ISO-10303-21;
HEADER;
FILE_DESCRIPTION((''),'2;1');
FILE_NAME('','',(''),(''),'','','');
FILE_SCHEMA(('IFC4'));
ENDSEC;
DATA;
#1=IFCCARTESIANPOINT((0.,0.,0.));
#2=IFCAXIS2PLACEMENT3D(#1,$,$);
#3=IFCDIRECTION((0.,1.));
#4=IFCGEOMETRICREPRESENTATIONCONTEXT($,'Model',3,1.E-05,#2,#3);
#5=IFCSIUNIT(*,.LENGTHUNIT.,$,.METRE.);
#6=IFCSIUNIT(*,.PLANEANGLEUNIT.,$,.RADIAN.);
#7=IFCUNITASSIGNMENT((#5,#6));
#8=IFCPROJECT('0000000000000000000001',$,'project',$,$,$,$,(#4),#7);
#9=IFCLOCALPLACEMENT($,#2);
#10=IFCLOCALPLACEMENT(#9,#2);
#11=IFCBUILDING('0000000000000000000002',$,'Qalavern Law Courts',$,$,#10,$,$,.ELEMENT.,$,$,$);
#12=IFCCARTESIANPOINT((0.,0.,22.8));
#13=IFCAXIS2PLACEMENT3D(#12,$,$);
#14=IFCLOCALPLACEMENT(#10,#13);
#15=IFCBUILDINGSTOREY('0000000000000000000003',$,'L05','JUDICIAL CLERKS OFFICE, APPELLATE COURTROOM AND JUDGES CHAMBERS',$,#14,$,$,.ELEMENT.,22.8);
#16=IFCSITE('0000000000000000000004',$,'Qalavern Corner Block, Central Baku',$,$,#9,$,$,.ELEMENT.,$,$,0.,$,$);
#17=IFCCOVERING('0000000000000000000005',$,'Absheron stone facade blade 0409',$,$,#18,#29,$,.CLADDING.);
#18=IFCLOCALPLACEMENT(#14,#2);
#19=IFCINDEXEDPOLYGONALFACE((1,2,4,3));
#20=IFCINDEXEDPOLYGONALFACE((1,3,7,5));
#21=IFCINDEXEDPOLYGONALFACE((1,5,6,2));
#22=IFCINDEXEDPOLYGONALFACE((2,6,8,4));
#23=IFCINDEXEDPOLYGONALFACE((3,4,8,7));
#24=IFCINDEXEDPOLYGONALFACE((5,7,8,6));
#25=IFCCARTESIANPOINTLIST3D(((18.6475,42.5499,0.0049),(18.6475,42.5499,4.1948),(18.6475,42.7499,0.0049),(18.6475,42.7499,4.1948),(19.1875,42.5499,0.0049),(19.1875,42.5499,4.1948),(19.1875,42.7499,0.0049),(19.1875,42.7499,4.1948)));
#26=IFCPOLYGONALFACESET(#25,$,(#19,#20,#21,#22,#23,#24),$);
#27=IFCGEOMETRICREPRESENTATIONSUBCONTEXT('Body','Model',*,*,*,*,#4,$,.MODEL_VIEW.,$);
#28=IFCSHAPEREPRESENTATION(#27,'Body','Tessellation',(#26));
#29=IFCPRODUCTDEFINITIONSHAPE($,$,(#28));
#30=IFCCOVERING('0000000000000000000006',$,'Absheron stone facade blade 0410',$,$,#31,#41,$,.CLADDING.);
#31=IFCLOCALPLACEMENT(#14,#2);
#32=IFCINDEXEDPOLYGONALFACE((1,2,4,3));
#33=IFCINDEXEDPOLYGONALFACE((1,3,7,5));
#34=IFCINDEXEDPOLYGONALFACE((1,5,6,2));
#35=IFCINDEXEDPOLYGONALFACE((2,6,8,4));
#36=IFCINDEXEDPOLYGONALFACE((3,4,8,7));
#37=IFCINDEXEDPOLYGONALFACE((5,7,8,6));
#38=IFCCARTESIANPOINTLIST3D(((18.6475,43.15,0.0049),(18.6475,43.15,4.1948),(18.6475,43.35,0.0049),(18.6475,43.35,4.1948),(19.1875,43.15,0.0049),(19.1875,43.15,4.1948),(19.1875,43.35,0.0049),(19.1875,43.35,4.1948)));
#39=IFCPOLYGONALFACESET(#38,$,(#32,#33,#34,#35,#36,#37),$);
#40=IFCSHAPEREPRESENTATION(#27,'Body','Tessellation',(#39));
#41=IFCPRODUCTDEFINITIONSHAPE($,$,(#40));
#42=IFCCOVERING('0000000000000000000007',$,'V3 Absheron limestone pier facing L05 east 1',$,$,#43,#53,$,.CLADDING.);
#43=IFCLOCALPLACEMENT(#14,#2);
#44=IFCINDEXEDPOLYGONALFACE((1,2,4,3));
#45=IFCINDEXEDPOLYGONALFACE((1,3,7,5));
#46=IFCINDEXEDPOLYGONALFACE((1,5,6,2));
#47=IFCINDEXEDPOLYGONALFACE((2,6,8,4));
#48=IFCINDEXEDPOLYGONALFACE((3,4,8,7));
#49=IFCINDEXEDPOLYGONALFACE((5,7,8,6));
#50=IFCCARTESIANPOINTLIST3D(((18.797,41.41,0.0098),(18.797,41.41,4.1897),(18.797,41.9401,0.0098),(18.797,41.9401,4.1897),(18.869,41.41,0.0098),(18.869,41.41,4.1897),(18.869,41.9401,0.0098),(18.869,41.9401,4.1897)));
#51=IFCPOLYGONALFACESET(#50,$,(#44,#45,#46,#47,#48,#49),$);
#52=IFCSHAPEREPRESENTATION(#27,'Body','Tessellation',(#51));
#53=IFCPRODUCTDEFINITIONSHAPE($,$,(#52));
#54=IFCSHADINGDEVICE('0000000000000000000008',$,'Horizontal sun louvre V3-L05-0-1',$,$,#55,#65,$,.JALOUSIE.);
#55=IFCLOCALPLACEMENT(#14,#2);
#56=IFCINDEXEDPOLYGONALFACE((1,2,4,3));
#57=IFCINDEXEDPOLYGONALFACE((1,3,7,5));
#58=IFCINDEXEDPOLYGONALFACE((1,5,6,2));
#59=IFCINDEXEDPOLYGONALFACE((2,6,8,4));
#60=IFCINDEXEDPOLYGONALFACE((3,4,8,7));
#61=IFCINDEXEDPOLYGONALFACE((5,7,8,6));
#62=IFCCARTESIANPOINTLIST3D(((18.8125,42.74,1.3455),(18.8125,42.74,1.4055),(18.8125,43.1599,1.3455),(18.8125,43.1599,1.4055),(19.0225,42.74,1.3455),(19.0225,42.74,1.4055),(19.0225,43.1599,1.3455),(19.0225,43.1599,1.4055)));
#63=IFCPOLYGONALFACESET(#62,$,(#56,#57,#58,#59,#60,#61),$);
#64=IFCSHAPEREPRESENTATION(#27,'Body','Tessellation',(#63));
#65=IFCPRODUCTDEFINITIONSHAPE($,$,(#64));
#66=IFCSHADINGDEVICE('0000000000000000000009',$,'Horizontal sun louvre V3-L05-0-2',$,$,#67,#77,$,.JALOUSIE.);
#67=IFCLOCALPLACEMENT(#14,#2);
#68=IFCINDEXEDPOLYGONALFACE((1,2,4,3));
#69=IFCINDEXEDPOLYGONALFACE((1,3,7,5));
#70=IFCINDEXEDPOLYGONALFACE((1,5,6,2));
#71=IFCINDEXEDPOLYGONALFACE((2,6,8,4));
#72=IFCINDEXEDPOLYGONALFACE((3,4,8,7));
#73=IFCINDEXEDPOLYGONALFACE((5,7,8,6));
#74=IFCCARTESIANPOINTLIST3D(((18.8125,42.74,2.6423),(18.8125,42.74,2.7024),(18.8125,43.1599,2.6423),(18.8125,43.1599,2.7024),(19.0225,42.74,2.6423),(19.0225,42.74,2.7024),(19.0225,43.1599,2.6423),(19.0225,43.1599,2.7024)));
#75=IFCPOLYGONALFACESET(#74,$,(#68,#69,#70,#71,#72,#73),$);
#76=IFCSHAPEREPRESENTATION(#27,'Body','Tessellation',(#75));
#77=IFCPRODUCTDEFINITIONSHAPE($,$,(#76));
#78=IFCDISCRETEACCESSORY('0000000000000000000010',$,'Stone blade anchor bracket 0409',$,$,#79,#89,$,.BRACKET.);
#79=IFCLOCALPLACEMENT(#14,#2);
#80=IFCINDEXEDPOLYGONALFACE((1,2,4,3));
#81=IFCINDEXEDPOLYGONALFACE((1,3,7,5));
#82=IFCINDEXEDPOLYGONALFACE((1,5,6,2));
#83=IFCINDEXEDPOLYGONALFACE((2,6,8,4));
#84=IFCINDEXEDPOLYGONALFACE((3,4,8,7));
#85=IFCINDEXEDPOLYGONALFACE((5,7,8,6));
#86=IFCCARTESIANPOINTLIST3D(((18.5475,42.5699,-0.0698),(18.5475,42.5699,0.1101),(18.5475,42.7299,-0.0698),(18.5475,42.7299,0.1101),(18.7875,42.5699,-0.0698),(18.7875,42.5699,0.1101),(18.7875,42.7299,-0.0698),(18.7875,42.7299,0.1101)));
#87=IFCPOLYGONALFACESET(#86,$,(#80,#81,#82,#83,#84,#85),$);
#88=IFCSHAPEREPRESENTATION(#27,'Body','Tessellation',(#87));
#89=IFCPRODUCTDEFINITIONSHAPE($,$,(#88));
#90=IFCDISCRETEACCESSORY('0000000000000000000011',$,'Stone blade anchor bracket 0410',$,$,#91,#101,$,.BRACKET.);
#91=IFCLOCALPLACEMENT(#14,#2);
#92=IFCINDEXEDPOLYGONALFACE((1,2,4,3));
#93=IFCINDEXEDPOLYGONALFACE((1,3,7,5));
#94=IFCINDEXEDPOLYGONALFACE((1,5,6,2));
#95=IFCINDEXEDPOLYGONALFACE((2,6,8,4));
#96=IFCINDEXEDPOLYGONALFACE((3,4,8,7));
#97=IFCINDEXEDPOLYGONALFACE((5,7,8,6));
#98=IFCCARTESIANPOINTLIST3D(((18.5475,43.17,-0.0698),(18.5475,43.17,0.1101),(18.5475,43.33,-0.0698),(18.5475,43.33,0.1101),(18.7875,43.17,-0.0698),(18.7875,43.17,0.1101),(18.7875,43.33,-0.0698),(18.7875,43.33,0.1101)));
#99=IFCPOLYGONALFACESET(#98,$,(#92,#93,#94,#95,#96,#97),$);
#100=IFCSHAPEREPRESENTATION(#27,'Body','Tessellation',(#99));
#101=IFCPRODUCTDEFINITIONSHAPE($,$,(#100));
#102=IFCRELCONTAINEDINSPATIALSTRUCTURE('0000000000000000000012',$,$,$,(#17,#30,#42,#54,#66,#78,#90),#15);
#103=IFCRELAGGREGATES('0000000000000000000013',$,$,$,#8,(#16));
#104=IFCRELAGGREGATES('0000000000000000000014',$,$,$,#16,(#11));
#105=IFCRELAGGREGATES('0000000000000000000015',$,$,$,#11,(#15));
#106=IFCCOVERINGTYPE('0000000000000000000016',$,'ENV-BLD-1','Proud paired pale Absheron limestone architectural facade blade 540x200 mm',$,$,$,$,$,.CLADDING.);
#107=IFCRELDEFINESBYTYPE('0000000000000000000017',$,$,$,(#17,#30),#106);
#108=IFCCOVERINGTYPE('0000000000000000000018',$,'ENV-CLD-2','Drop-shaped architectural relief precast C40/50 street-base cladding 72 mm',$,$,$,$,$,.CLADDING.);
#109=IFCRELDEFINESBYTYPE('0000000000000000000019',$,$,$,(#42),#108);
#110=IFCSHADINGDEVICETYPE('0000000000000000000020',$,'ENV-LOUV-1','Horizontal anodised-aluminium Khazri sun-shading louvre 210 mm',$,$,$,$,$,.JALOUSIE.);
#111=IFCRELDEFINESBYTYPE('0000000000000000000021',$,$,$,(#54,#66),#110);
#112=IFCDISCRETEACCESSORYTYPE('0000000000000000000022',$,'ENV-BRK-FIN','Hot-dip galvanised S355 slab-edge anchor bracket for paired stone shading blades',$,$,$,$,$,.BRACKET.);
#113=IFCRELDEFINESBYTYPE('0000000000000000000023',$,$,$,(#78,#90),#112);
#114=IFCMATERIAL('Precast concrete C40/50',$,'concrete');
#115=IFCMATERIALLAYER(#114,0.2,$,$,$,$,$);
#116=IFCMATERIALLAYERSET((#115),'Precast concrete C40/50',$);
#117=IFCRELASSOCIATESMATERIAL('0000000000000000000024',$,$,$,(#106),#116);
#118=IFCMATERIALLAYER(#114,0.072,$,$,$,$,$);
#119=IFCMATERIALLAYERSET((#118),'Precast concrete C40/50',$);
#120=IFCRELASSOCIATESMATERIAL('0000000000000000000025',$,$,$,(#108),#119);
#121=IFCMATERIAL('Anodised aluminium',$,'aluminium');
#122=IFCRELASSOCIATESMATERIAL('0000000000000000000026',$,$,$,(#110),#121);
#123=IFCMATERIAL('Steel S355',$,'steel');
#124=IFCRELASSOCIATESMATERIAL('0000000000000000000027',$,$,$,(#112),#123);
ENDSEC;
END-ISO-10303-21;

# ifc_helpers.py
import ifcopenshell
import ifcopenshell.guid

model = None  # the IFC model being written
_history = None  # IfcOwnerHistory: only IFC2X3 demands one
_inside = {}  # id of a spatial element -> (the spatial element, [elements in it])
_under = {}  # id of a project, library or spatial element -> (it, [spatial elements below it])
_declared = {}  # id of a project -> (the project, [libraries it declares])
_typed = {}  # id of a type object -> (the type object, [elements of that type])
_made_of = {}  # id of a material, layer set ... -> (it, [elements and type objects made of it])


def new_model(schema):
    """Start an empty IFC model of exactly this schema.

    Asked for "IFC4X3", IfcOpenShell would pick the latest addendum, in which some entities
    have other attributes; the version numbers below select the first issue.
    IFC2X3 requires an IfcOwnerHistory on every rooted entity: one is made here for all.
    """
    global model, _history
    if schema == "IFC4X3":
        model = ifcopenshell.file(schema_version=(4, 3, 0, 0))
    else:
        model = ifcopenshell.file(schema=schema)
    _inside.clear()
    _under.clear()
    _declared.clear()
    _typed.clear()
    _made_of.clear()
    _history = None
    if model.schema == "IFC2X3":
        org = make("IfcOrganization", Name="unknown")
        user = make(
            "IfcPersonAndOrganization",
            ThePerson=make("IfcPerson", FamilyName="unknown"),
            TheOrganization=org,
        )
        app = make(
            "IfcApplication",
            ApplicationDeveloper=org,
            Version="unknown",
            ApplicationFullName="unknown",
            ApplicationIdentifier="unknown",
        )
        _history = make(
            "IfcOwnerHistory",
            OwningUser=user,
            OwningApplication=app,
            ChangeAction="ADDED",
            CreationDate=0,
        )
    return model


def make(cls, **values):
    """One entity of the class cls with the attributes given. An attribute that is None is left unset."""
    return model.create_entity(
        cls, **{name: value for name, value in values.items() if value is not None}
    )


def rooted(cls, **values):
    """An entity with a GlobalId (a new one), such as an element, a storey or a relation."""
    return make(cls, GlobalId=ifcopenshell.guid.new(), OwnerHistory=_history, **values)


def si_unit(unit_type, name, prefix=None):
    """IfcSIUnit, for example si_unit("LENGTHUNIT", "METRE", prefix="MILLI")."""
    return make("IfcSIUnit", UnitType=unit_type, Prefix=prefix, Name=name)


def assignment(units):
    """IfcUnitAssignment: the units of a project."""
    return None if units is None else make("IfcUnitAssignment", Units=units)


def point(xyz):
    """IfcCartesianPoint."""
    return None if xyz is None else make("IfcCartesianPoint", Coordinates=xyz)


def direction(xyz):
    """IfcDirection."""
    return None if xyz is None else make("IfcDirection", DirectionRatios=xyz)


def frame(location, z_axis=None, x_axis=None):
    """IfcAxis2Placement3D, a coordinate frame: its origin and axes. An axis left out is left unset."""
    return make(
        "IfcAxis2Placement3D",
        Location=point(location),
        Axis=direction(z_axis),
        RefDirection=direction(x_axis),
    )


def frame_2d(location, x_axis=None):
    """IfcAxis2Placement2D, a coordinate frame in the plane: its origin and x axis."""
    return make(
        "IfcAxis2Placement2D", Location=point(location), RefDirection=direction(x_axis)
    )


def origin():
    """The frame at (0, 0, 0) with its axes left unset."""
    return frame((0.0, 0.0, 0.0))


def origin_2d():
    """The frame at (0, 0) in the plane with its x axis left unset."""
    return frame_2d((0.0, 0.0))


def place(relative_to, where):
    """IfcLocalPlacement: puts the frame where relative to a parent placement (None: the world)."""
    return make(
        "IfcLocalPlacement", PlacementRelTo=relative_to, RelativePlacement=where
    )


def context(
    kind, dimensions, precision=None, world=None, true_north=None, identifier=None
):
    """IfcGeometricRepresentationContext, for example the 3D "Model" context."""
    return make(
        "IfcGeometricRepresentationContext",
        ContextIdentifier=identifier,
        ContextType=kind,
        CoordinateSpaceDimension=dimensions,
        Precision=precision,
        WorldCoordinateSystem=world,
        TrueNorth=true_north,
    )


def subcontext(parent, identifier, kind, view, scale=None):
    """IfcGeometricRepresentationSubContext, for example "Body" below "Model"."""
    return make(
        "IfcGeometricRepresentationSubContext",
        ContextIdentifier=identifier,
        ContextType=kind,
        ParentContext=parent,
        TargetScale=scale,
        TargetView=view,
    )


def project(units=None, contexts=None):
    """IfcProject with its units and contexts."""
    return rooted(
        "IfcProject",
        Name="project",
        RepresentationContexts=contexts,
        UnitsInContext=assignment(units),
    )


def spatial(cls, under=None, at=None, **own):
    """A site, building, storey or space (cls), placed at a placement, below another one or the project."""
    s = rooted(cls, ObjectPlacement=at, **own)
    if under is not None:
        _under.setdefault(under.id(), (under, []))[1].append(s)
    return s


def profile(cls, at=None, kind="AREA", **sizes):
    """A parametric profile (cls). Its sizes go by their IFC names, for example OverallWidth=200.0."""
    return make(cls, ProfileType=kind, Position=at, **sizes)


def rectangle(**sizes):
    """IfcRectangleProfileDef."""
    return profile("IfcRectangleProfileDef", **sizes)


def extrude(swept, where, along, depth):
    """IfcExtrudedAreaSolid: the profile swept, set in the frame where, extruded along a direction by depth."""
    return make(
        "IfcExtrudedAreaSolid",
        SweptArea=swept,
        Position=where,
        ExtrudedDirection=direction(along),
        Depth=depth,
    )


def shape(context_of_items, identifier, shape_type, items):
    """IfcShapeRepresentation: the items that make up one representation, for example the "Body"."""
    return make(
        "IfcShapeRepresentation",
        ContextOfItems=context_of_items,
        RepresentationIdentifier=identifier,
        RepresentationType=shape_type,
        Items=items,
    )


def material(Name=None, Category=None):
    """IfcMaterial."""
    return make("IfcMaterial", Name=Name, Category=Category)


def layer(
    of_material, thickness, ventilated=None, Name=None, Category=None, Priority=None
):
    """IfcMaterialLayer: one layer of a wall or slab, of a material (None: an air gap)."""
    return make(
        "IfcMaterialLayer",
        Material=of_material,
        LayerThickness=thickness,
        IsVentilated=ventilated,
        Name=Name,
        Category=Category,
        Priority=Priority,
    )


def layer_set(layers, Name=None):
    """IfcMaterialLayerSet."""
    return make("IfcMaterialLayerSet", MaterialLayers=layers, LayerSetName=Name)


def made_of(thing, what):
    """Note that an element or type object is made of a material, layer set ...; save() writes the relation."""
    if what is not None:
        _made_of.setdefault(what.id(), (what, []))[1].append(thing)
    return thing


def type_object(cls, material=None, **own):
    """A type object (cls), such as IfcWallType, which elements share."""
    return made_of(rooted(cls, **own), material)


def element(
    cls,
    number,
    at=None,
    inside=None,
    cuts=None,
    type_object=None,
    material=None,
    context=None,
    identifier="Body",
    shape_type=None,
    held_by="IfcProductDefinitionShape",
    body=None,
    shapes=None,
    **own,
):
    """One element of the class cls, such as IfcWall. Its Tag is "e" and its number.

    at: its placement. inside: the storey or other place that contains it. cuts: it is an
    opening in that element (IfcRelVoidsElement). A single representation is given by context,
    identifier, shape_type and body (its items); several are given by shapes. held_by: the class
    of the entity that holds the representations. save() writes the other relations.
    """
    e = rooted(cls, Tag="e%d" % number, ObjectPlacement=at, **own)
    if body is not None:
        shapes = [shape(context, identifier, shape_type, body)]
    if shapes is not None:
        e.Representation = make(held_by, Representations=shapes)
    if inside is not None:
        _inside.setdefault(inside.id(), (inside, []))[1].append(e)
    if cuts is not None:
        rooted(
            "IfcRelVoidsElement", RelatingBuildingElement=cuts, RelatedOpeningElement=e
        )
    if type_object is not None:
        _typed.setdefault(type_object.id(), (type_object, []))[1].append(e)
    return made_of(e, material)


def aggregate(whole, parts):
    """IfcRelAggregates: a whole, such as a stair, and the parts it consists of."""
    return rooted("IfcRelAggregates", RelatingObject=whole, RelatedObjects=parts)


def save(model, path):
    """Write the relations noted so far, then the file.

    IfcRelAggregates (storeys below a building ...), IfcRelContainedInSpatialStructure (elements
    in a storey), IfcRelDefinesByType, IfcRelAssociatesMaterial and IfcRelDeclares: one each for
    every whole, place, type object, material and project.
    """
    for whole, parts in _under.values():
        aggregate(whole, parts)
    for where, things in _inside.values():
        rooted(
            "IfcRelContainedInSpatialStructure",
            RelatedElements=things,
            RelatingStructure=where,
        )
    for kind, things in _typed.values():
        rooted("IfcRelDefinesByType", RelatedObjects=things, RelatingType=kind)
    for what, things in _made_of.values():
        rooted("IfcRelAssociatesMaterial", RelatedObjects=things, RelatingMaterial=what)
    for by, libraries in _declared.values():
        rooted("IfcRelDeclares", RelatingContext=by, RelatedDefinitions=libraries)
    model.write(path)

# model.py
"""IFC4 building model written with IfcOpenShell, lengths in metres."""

from ifc_helpers import new_model, si_unit, direction, frame, origin, origin_2d, place, context, subcontext, project, spatial, rectangle, extrude, material, layer, layer_set, type_object, element, save


model = new_model("IFC4")

# Units and contexts
model_context = context("Model", 3, precision=1e-05, world=origin(), true_north=direction((0.0, 1.0)))
body_context = subcontext(model_context, "Body", "Model", "MODEL_VIEW")
ifc_project = project(units=[si_unit("LENGTHUNIT", "METRE"), si_unit("PLANEANGLEUNIT", "RADIAN")], contexts=[model_context])

# Site, building, storey
site_placement = place(None, origin())
site = spatial("IfcSite", under=ifc_project, at=site_placement, Name="Qalavern Corner Block, Central Baku", CompositionType="ELEMENT", RefElevation=0.0)
building_placement = place(site_placement, origin())
building = spatial("IfcBuilding", under=site, at=building_placement, Name="Qalavern Law Courts", CompositionType="ELEMENT")
storey_placement = place(building_placement, frame((0.0, 0.0, 22.8)))
storey = spatial("IfcBuildingStorey", under=building, at=storey_placement, Name="L05", Description="JUDICIAL CLERKS OFFICE, APPELLATE COURTROOM AND JUDGES CHAMBERS", CompositionType="ELEMENT", Elevation=22.8)

# Shared definitions
ifc_material_1 = material(Name="Anodised aluminium", Category="aluminium")

# Shared definitions
ifc_material_2 = material(Name="Steel S355", Category="steel")

# Coverings
ifc_material_3 = material(Name="Precast concrete C40/50", Category="concrete")
ifc_layer_1 = layer(ifc_material_3, 0.2)
ifc_layer_set_1 = layer_set([ifc_layer_1], Name="Precast concrete C40/50")
covering_type_1 = type_object("IfcCoveringType", Name="ENV-BLD-1", Description="Proud paired pale Absheron limestone architectural facade blade 540x200 mm", PredefinedType="CLADDING", material=ifc_layer_set_1)
for number, where, z_axis, x_axis, name in (
    (1, (18.9175, 42.6499, 0.0049), (0.0, 0.0, 1.0), (1.0, 0.0, 0.0), "Absheron stone facade blade 0409"),
    (2, (18.9175, 43.25, 0.0049), (0.0, 0.0, 1.0), (1.0, 0.0, 0.0), "Absheron stone facade blade 0410"),
):
    element("IfcCovering", number, at=place(storey_placement, frame(where, z_axis=z_axis, x_axis=x_axis)), inside=storey, type_object=covering_type_1, Name=name, PredefinedType="CLADDING", context=body_context, shape_type="SweptSolid", body=[
        extrude(rectangle(XDim=0.54, YDim=0.2, at=origin_2d()), origin(), (0.0, 0.0, 1.0), 4.1899),
    ])
ifc_layer_2 = layer(ifc_material_3, 0.072)
ifc_layer_set_2 = layer_set([ifc_layer_2], Name="Precast concrete C40/50")
covering_type_2 = type_object("IfcCoveringType", Name="ENV-CLD-2", Description="Drop-shaped architectural relief precast C40/50 street-base cladding 72 mm", PredefinedType="CLADDING", material=ifc_layer_set_2)
covering_placement = place(storey_placement, frame((18.833, 41.675, 0.0098), z_axis=(0.0, 0.0, 1.0), x_axis=(0.0, 1.0, 0.0)))
element("IfcCovering", 3, at=covering_placement, inside=storey, type_object=covering_type_2, Name="V3 Absheron limestone pier facing L05 east 1", PredefinedType="CLADDING", context=body_context, shape_type="SweptSolid", body=[
    extrude(rectangle(XDim=0.53, YDim=0.072, at=origin_2d()), origin(), (0.0, 0.0, 1.0), 4.1799),
])

# Shading devices
shading_device_type = type_object("IfcShadingDeviceType", Name="ENV-LOUV-1", Description="Horizontal anodised-aluminium Khazri sun-shading louvre 210 mm", PredefinedType="JALOUSIE", material=ifc_material_1)
for number, where, z_axis, x_axis, name in (
    (4, (18.9175, 42.95, 1.3455), (0.0, 0.0, 1.0), (0.0, 1.0, 0.0), "Horizontal sun louvre V3-L05-0-1"),
    (5, (18.9175, 42.95, 2.6423), (0.0, 0.0, 1.0), (0.0, 1.0, 0.0), "Horizontal sun louvre V3-L05-0-2"),
):
    element("IfcShadingDevice", number, at=place(storey_placement, frame(where, z_axis=z_axis, x_axis=x_axis)), inside=storey, type_object=shading_device_type, Name=name, PredefinedType="JALOUSIE", context=body_context, shape_type="SweptSolid", body=[
        extrude(rectangle(XDim=0.4199, YDim=0.21, at=origin_2d()), origin(), (0.0, 0.0, 1.0), 0.0601),
    ])

# Discrete accessories
discrete_accessory_type = type_object("IfcDiscreteAccessoryType", Name="ENV-BRK-FIN", Description="Hot-dip galvanised S355 slab-edge anchor bracket for paired stone shading blades", PredefinedType="BRACKET", material=ifc_material_2)
for number, where, z_axis, x_axis, name in (
    (6, (18.6675, 42.6499, -0.0698), (0.0, 0.0, 1.0), (1.0, 0.0, 0.0), "Stone blade anchor bracket 0409"),
    (7, (18.6675, 43.25, -0.0698), (0.0, 0.0, 1.0), (1.0, 0.0, 0.0), "Stone blade anchor bracket 0410"),
):
    element("IfcDiscreteAccessory", number, at=place(storey_placement, frame(where, z_axis=z_axis, x_axis=x_axis)), inside=storey, type_object=discrete_accessory_type, Name=name, PredefinedType="BRACKET", context=body_context, shape_type="SweptSolid", body=[
        extrude(rectangle(XDim=0.24, YDim=0.1599, at=origin_2d()), origin(), (0.0, 0.0, 1.0), 0.1799),
    ])

save(model, "model.ifc")
